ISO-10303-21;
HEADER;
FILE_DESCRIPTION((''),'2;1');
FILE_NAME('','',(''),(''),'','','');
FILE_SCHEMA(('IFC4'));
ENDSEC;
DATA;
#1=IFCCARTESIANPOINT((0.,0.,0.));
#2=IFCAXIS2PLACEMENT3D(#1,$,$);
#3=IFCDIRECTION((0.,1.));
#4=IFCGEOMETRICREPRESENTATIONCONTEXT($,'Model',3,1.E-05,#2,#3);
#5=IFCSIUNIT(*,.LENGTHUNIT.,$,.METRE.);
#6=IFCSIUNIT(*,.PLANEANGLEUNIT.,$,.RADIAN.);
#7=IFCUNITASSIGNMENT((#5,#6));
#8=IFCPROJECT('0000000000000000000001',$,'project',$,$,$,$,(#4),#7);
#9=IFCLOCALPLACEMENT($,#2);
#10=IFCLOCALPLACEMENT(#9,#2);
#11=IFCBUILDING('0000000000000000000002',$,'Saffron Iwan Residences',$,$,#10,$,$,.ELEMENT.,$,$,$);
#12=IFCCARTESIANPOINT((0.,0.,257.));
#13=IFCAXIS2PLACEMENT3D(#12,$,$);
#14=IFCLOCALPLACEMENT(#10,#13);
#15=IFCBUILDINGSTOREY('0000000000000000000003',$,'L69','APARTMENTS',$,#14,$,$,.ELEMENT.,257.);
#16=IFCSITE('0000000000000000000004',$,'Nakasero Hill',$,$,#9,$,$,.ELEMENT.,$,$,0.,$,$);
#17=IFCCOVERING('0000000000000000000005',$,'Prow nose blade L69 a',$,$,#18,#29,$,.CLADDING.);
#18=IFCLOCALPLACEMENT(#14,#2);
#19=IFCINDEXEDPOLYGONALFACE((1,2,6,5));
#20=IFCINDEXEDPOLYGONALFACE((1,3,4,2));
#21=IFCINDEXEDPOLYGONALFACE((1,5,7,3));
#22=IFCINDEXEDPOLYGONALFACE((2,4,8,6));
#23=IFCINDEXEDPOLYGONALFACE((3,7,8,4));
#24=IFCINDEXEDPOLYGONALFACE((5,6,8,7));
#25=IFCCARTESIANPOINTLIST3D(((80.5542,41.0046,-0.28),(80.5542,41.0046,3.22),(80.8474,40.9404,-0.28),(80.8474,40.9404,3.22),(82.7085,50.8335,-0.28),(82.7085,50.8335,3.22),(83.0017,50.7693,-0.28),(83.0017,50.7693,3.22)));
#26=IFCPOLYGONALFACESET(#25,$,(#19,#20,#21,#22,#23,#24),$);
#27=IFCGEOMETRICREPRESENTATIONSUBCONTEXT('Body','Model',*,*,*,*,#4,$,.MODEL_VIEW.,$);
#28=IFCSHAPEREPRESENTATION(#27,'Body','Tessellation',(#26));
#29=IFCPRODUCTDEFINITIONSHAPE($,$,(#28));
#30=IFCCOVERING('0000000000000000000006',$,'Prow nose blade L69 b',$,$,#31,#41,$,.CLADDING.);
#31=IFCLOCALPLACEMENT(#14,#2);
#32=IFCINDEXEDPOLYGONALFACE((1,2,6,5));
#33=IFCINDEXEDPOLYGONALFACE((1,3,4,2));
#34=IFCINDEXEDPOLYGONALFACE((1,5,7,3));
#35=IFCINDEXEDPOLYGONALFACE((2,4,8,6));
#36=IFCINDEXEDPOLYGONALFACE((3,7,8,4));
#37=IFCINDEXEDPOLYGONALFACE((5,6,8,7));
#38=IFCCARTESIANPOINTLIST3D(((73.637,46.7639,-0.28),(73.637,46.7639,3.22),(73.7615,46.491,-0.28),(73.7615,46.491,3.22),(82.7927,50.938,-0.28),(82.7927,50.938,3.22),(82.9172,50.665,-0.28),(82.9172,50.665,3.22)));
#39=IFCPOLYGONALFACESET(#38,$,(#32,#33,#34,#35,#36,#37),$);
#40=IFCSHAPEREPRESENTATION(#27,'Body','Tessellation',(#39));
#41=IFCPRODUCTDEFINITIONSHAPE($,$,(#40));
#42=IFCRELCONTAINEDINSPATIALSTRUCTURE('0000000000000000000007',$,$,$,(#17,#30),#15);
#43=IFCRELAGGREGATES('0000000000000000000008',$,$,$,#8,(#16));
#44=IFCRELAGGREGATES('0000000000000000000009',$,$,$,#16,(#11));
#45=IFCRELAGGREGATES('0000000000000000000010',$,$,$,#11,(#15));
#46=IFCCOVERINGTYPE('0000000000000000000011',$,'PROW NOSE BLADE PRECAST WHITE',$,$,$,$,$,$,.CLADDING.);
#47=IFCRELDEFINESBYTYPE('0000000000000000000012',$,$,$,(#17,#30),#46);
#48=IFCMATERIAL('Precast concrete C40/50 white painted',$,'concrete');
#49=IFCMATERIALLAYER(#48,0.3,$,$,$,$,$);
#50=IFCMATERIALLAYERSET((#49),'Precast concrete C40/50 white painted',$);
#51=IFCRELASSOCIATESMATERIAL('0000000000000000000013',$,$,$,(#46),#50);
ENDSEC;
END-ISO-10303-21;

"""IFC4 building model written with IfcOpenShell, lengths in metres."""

from ifc_helpers import new_model, si_unit, direction, frame, origin, place, context, subcontext, project, spatial, polyline, outline, extrude, material, layer, layer_set, type_object, element, save


model = new_model("IFC4")

# Units and contexts
model_context = context("Model", 3, precision=1e-05, world=origin(), true_north=direction((0.0, 1.0)))
body_context = subcontext(model_context, "Body", "Model", "MODEL_VIEW")
ifc_project = project(units=[si_unit("LENGTHUNIT", "METRE"), si_unit("PLANEANGLEUNIT", "RADIAN")], contexts=[model_context])

# Site, building, storey
site_placement = place(None, origin())
site = spatial("IfcSite", under=ifc_project, at=site_placement, Name="Nakasero Hill", CompositionType="ELEMENT", RefElevation=0.0)
building_placement = place(site_placement, origin())
building = spatial("IfcBuilding", under=site, at=building_placement, Name="Saffron Iwan Residences", CompositionType="ELEMENT")
storey_placement = place(building_placement, frame((0.0, 0.0, 257.0)))
storey = spatial("IfcBuildingStorey", under=building, at=storey_placement, Name="L69", Description="APARTMENTS", CompositionType="ELEMENT", Elevation=257.0)

# Coverings
ifc_material_1 = material(Name="Precast concrete C40/50 white painted", Category="concrete")
ifc_layer_1 = layer(ifc_material_1, 0.3)
ifc_layer_set_1 = layer_set([ifc_layer_1], Name="Precast concrete C40/50 white painted")
covering_type_1 = type_object("IfcCoveringType", Name="PROW NOSE BLADE PRECAST WHITE", PredefinedType="CLADDING", material=ifc_layer_set_1)
covering_1_placement = place(storey_placement, frame((0.0, 0.0, -0.28)))
element("IfcCovering", 1, at=covering_1_placement, inside=storey, type_object=covering_type_1, Name="Prow nose blade L69 a", PredefinedType="CLADDING", context=body_context, shape_type="SweptSolid", body=[
    extrude(outline(polyline([(80.8474, 40.9404), (83.0017, 50.7693), (82.7085, 50.8335), (80.5542, 41.0046), (80.8474, 40.9404)])), origin(), (0.0, 0.0, 1.0), 3.5),
])
covering_2_placement = place(storey_placement, frame((0.0, 0.0, -0.28)))
element("IfcCovering", 2, at=covering_2_placement, inside=storey, type_object=covering_type_1, Name="Prow nose blade L69 b", PredefinedType="CLADDING", context=body_context, shape_type="SweptSolid", body=[
    extrude(outline(polyline([(73.7615, 46.491), (82.9172, 50.665), (82.7927, 50.938), (73.637, 46.7639), (73.7615, 46.491)])), origin(), (0.0, 0.0, 1.0), 3.5),
])

save(model, "model.ifc")
